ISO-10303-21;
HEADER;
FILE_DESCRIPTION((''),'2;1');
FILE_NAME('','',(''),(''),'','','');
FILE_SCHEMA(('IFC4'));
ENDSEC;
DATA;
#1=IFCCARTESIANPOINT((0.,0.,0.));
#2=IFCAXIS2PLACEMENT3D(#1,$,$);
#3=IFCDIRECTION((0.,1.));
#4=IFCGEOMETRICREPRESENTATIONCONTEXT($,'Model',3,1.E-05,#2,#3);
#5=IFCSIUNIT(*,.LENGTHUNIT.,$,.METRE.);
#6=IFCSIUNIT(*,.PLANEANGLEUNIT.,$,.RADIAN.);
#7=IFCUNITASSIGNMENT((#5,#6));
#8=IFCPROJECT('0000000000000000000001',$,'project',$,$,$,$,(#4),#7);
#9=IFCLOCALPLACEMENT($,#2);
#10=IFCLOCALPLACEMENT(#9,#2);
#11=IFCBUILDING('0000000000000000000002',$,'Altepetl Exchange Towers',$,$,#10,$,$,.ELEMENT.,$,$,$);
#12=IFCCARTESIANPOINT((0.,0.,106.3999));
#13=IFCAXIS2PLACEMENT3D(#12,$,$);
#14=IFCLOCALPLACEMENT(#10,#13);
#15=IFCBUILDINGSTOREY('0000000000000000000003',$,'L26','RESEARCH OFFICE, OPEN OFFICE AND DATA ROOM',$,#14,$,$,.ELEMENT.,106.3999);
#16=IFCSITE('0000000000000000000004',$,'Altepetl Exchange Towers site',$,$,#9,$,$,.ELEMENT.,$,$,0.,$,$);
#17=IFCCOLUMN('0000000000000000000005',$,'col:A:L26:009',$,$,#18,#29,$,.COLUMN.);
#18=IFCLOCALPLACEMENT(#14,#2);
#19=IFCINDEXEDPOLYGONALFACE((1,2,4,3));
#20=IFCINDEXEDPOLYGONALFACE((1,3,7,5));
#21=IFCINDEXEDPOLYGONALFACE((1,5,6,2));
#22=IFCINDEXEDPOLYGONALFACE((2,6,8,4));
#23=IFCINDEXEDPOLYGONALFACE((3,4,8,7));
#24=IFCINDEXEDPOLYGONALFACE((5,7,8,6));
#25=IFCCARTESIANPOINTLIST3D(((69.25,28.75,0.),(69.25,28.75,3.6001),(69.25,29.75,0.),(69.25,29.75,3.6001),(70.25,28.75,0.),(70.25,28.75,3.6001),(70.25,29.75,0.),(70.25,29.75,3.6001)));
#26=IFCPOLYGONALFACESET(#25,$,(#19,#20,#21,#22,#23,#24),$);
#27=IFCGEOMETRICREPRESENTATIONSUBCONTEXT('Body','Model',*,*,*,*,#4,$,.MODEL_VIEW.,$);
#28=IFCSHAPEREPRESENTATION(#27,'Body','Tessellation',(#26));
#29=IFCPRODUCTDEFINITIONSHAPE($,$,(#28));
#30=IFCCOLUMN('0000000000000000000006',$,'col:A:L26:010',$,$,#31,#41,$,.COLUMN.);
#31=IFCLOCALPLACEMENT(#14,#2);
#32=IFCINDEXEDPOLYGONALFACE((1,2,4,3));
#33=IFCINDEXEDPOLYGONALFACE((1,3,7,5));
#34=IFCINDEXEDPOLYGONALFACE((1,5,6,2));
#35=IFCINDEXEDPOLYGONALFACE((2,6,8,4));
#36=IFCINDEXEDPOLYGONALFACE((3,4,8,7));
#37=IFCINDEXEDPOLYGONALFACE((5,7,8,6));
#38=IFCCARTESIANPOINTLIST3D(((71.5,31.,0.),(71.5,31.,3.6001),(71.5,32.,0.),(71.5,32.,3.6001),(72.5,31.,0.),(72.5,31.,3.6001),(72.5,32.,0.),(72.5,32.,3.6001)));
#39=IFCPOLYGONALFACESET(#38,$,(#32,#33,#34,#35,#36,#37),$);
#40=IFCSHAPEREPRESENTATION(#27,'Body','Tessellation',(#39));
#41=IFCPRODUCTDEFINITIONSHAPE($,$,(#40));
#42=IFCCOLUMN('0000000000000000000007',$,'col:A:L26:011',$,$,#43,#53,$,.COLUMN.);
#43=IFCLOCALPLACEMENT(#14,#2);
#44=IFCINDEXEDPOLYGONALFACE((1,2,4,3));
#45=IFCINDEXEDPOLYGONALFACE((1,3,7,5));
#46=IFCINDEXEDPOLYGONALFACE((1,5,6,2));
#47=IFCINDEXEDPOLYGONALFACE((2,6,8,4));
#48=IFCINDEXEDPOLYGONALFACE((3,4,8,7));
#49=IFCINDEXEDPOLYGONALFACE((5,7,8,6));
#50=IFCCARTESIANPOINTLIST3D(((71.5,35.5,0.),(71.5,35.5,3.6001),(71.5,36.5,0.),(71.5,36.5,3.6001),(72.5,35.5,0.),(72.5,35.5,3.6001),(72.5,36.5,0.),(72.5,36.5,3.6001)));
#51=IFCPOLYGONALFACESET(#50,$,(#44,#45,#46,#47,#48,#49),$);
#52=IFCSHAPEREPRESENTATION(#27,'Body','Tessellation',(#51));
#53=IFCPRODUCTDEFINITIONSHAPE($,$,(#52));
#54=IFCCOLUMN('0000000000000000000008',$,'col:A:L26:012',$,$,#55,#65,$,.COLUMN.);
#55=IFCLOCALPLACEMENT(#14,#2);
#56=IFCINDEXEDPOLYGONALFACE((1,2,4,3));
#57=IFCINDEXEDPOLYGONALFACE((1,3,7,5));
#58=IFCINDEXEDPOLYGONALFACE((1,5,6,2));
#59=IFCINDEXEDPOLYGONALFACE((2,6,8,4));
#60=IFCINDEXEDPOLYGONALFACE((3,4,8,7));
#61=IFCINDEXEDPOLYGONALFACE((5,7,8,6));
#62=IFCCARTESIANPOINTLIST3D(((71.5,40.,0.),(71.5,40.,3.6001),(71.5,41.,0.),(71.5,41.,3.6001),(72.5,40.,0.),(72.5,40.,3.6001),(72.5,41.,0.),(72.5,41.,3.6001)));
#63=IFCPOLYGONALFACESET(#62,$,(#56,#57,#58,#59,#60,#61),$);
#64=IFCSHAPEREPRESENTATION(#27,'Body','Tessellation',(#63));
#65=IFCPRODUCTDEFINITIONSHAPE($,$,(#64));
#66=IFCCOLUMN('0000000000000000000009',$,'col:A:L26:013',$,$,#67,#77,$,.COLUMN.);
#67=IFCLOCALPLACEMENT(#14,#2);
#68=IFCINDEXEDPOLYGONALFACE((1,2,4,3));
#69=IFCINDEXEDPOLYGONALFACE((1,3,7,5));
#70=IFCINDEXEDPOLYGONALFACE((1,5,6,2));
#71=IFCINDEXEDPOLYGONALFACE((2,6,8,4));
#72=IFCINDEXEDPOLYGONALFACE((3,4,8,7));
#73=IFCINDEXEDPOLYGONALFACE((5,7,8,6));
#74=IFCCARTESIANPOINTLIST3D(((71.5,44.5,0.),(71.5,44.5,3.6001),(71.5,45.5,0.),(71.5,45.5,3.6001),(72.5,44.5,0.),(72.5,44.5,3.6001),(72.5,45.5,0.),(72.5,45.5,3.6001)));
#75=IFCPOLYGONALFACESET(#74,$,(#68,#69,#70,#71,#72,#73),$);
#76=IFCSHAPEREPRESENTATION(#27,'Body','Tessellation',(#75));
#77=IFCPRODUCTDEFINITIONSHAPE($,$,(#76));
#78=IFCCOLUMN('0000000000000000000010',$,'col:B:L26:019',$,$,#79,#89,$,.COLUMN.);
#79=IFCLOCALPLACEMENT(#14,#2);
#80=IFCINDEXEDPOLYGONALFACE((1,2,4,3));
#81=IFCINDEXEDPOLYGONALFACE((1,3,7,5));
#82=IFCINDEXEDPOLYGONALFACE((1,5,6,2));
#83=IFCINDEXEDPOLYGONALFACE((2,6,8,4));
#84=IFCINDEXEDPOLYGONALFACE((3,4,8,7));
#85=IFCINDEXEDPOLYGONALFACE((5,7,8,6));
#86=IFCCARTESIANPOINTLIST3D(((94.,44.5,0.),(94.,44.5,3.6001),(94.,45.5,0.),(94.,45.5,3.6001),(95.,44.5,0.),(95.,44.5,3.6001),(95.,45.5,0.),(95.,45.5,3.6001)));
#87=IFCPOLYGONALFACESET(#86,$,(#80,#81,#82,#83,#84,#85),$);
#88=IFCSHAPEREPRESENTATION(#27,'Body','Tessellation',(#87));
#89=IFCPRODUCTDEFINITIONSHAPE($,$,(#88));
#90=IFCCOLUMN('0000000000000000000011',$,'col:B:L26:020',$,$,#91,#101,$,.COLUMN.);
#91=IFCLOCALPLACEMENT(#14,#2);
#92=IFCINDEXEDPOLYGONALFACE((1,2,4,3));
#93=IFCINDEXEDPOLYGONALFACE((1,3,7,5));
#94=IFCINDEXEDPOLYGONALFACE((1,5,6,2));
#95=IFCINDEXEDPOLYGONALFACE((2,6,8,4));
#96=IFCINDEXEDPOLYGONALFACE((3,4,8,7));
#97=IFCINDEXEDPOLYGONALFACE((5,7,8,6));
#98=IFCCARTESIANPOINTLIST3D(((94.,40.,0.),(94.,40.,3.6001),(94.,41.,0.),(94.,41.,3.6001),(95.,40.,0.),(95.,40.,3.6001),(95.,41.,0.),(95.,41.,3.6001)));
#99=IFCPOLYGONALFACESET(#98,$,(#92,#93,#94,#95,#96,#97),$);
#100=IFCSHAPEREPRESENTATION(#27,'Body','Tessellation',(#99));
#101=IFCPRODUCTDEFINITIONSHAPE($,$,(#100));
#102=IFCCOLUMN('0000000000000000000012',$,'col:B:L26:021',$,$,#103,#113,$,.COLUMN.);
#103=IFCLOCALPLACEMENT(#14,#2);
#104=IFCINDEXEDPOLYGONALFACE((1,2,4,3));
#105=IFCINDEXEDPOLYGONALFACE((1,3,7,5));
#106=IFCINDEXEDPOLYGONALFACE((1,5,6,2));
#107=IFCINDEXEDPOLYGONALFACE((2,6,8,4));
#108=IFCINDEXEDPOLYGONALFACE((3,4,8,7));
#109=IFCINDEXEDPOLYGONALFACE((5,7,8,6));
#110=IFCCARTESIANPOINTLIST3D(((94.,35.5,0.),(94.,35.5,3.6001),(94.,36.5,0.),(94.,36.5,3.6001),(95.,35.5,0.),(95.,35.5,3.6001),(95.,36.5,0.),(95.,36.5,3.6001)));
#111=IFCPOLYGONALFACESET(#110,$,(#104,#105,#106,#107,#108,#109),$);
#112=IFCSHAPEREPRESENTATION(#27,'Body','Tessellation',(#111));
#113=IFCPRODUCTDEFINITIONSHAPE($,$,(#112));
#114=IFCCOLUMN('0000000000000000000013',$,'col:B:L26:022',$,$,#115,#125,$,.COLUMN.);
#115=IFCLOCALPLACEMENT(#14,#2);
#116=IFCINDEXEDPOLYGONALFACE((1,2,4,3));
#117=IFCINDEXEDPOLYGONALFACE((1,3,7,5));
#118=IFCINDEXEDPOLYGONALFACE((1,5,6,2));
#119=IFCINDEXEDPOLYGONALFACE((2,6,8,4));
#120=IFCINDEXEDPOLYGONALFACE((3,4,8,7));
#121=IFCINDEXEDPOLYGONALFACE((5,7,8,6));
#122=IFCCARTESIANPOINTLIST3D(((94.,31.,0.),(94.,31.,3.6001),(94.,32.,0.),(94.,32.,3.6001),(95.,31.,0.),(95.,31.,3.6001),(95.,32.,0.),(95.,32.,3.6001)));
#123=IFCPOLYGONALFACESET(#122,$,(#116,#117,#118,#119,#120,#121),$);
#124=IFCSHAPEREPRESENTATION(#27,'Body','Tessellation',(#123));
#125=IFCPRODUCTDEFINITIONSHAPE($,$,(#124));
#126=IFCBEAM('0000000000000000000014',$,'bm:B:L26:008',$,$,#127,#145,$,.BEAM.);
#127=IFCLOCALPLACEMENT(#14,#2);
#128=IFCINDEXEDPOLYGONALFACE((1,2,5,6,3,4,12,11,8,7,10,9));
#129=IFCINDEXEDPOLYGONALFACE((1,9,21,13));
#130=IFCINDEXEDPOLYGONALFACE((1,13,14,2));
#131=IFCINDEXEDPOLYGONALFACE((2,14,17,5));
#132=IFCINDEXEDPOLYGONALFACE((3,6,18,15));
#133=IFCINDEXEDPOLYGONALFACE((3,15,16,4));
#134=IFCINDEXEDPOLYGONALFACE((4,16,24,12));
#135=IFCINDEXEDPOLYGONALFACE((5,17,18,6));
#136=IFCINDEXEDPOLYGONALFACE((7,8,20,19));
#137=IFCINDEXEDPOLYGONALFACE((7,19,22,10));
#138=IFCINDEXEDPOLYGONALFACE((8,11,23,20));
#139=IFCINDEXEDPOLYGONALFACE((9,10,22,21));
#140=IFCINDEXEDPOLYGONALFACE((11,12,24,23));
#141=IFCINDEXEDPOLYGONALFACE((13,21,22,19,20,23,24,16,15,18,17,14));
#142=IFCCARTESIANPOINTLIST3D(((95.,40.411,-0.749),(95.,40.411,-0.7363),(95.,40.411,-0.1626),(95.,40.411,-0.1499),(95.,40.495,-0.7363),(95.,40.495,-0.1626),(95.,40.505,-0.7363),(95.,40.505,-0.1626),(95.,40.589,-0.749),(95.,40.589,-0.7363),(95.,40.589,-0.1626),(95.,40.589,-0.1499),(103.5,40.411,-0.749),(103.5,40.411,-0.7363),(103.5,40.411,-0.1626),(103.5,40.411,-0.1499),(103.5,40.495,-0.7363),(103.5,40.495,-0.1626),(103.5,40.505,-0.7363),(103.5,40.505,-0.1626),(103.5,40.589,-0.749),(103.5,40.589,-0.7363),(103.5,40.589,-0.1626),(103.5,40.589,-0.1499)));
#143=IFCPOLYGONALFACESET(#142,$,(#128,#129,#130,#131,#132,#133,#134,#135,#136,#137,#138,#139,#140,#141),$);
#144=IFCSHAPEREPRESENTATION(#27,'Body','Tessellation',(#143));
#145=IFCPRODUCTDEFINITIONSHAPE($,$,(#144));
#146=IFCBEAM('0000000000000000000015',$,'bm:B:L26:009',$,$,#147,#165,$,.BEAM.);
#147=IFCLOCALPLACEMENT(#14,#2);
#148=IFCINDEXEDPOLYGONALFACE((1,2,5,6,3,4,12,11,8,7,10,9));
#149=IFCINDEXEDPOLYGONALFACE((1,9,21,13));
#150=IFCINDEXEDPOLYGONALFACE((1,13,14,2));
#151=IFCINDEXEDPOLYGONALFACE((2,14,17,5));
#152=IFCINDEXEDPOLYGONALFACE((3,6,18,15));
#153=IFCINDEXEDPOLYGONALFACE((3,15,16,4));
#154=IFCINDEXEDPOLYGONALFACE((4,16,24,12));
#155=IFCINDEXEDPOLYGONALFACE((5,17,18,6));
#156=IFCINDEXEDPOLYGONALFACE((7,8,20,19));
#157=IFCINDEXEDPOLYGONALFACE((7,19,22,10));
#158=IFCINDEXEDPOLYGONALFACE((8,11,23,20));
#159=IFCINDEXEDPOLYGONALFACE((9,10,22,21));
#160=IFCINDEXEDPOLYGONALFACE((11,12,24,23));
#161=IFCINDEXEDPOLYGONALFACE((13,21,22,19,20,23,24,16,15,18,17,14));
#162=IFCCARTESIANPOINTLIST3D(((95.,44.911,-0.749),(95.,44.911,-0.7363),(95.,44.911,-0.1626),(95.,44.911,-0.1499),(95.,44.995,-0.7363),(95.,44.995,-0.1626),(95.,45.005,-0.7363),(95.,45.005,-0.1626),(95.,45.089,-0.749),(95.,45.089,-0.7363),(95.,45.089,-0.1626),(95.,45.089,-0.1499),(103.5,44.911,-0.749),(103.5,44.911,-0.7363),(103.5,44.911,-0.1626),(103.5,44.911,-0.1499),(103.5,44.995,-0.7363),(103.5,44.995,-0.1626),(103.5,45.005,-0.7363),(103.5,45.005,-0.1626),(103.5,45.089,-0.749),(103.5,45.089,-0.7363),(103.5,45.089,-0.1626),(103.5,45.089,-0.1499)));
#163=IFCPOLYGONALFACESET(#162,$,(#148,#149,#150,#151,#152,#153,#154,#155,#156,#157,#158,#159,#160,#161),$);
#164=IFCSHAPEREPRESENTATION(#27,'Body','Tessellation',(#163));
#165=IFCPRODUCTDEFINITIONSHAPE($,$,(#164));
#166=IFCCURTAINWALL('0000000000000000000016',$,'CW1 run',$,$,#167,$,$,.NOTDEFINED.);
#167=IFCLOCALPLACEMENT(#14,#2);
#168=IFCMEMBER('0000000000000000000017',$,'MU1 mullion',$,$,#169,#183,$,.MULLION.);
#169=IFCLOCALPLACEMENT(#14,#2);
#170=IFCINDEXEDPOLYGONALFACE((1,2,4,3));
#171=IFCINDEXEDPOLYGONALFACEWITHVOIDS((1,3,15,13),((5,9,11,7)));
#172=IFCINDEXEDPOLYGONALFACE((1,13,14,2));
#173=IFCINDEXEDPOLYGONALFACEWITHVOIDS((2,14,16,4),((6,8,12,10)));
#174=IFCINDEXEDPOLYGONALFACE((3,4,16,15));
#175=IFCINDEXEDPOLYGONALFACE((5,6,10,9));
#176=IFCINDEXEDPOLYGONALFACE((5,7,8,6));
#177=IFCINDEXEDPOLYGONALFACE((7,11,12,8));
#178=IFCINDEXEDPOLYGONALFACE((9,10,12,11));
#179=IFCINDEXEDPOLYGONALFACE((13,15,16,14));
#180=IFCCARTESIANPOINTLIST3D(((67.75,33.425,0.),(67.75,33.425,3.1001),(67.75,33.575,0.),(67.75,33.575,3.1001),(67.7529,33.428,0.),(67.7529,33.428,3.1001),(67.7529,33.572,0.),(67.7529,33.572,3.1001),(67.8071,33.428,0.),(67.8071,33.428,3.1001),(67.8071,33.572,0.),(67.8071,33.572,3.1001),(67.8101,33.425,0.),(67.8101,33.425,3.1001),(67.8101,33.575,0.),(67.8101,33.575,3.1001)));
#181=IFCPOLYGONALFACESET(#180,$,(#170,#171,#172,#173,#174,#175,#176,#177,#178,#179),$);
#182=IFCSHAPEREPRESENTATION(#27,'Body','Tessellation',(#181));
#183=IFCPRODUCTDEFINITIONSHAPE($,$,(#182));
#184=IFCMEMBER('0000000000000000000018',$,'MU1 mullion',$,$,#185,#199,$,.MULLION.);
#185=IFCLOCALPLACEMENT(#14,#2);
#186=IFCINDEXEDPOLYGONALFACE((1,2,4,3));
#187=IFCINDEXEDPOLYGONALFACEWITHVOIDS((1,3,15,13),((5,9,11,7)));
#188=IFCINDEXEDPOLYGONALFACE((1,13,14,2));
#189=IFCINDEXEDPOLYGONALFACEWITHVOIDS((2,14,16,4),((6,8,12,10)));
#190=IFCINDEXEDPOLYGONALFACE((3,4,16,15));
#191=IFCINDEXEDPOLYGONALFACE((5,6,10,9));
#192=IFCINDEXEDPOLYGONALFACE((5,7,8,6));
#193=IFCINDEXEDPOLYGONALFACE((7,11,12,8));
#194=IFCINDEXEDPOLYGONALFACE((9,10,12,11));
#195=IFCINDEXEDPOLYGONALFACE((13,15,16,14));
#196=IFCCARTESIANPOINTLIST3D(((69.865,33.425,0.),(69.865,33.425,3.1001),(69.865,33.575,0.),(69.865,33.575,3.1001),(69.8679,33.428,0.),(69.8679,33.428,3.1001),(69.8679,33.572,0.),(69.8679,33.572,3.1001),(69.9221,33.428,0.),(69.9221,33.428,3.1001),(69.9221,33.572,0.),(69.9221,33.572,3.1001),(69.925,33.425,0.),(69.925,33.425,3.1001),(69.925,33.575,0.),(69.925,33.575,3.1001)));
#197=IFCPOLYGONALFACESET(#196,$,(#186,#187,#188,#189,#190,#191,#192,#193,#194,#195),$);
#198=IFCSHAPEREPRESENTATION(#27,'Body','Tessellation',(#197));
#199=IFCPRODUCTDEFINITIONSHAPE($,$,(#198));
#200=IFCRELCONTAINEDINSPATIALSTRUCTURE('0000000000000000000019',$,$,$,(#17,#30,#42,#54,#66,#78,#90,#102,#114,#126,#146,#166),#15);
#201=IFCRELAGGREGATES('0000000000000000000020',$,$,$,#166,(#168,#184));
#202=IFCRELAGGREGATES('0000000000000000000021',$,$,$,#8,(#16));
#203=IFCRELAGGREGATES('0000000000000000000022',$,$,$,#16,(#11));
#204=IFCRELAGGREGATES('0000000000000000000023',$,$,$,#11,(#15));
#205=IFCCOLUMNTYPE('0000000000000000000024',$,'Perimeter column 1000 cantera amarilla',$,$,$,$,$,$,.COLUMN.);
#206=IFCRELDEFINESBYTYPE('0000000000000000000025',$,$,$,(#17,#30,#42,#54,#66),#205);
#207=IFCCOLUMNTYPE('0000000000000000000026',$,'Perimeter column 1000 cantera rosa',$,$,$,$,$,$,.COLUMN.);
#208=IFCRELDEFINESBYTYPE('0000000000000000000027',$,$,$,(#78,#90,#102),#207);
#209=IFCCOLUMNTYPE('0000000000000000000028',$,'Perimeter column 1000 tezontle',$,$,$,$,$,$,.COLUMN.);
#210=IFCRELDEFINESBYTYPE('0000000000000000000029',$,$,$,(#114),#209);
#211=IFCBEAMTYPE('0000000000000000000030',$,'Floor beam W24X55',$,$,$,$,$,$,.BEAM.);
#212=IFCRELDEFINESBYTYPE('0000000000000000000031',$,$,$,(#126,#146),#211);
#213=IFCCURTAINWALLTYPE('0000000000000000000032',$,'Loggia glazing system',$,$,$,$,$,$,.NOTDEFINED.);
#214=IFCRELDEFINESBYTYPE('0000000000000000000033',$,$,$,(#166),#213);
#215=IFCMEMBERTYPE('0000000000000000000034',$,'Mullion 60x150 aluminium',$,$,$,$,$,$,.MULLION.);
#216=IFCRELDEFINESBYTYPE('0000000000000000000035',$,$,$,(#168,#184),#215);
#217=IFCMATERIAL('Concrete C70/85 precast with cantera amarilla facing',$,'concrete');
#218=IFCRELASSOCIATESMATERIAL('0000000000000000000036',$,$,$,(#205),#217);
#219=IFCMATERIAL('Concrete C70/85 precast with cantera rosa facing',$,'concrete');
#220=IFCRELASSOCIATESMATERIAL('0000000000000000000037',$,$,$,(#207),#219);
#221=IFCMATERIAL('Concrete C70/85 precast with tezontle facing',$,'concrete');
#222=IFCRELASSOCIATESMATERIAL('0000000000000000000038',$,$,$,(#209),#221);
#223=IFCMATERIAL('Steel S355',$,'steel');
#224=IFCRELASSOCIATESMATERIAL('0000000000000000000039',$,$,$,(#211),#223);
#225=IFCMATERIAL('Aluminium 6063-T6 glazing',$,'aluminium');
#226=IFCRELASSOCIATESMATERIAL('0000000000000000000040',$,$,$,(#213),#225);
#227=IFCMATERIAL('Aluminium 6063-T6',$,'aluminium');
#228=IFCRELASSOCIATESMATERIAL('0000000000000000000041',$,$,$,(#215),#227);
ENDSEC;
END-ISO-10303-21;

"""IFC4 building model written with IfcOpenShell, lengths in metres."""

from ifc_helpers import new_model, si_unit, direction, frame, origin, origin_2d, place, context, subcontext, project, spatial, rectangle, hollow_rectangle, i_section, extrude, material, material_profile, profile_set, type_object, element, aggregate, save


model = new_model("IFC4")

# Units and contexts
model_context = context("Model", 3, precision=1e-05, world=origin(), true_north=direction((0.0, 1.0)))
body_context = subcontext(model_context, "Body", "Model", "MODEL_VIEW")
ifc_project = project(units=[si_unit("LENGTHUNIT", "METRE"), si_unit("PLANEANGLEUNIT", "RADIAN")], contexts=[model_context])

# Site, building, storey
site_placement = place(None, origin())
site = spatial("IfcSite", under=ifc_project, at=site_placement, Name="Altepetl Exchange Towers site", CompositionType="ELEMENT", RefElevation=0.0)
building_placement = place(site_placement, origin())
building = spatial("IfcBuilding", under=site, at=building_placement, Name="Altepetl Exchange Towers", CompositionType="ELEMENT")
storey_placement = place(building_placement, frame((0.0, 0.0, 106.3999)))
storey = spatial("IfcBuildingStorey", under=building, at=storey_placement, Name="L26", Description="RESEARCH OFFICE, OPEN OFFICE AND DATA ROOM", CompositionType="ELEMENT", Elevation=106.3999)

# Columns
ifc_material_1 = material(Name="Concrete C70/85 precast with cantera amarilla facing", Category="concrete")
ifc_material_profile_1 = material_profile(ifc_material_1, rectangle(XDim=1.0, YDim=1.0, at=origin_2d()), Name="1000 x 1000")
ifc_profile_set_1 = profile_set([ifc_material_profile_1], Name="Concrete C70/85 precast with cantera amarilla facing")
column_type_1 = type_object("IfcColumnType", Name="Perimeter column 1000 cantera amarilla", PredefinedType="COLUMN", material=ifc_profile_set_1)
for number, where, name in (
    (1, (69.75, 29.25, 0.0), "col:A:L26:009"),
    (2, (72.0, 31.5, 0.0), "col:A:L26:010"),
    (3, (72.0, 36.0, 0.0), "col:A:L26:011"),
    (4, (72.0, 40.5, 0.0), "col:A:L26:012"),
    (5, (72.0, 45.0, 0.0), "col:A:L26:013"),
):
    element("IfcColumn", number, at=place(storey_placement, frame(where)), inside=storey, type_object=column_type_1, Name=name, PredefinedType="COLUMN", context=body_context, shape_type="SweptSolid", body=[
        extrude(rectangle(XDim=1.0, YDim=1.0, at=origin_2d()), origin(), (0.0, 0.0, 1.0), 3.6001),
    ])
ifc_material_2 = material(Name="Concrete C70/85 precast with cantera rosa facing", Category="concrete")
ifc_material_profile_2 = material_profile(ifc_material_2, rectangle(XDim=1.0, YDim=1.0, at=origin_2d()), Name="1000 x 1000")
ifc_profile_set_2 = profile_set([ifc_material_profile_2], Name="Concrete C70/85 precast with cantera rosa facing")
column_type_2 = type_object("IfcColumnType", Name="Perimeter column 1000 cantera rosa", PredefinedType="COLUMN", material=ifc_profile_set_2)
for number, where, name in (
    (6, (94.5, 45.0, 0.0), "col:B:L26:019"),
    (7, (94.5, 40.5, 0.0), "col:B:L26:020"),
    (8, (94.5, 36.0, 0.0), "col:B:L26:021"),
):
    element("IfcColumn", number, at=place(storey_placement, frame(where)), inside=storey, type_object=column_type_2, Name=name, PredefinedType="COLUMN", context=body_context, shape_type="SweptSolid", body=[
        extrude(rectangle(XDim=1.0, YDim=1.0, at=origin_2d()), origin(), (0.0, 0.0, 1.0), 3.6001),
    ])
ifc_material_3 = material(Name="Concrete C70/85 precast with tezontle facing", Category="concrete")
ifc_material_profile_3 = material_profile(ifc_material_3, rectangle(XDim=1.0, YDim=1.0, at=origin_2d()), Name="1000 x 1000")
ifc_profile_set_3 = profile_set([ifc_material_profile_3], Name="Concrete C70/85 precast with tezontle facing")
column_type_3 = type_object("IfcColumnType", Name="Perimeter column 1000 tezontle", PredefinedType="COLUMN", material=ifc_profile_set_3)
column_placement = place(storey_placement, frame((94.5, 31.5, 0.0)))
element("IfcColumn", 9, at=column_placement, inside=storey, type_object=column_type_3, Name="col:B:L26:022", PredefinedType="COLUMN", context=body_context, shape_type="SweptSolid", body=[
    extrude(rectangle(XDim=1.0, YDim=1.0, at=origin_2d()), origin(), (0.0, 0.0, 1.0), 3.6001),
])

# Beams
ifc_material_4 = material(Name="Steel S355", Category="steel")
ifc_material_profile_4 = material_profile(ifc_material_4, i_section(OverallWidth=0.178, OverallDepth=0.5991, WebThickness=0.01, FlangeThickness=0.0127, at=origin_2d()), Name="W24X55")
ifc_profile_set_4 = profile_set([ifc_material_profile_4], Name="Steel S355")
beam_type_1 = type_object("IfcBeamType", Name="Floor beam W24X55", PredefinedType="BEAM", material=ifc_profile_set_4)
for number, where, z_axis, x_axis, name in (
    (10, (95.0, 40.5, -0.4495), (1.0, 0.0, 0.0), (0.0, 1.0, 0.0), "bm:B:L26:008"),
    (11, (95.0, 45.0, -0.4495), (1.0, 0.0, 0.0), (0.0, 1.0, 0.0), "bm:B:L26:009"),
):
    element("IfcBeam", number, at=place(storey_placement, frame(where, z_axis=z_axis, x_axis=x_axis)), inside=storey, type_object=beam_type_1, Name=name, PredefinedType="BEAM", context=body_context, shape_type="SweptSolid", body=[
        extrude(i_section(OverallWidth=0.178, OverallDepth=0.5991, WebThickness=0.01, FlangeThickness=0.0127, at=origin_2d()), origin(), (0.0, 0.0, 1.0), 8.5),
    ])

# Curtain wall, members
ifc_material_5 = material(Name="Aluminium 6063-T6 glazing", Category="aluminium")
curtain_wall_type = type_object("IfcCurtainWallType", Name="Loggia glazing system", PredefinedType="NOTDEFINED", material=ifc_material_5)
curtain_wall_1_placement = place(storey_placement, origin())
curtain_wall_1 = element("IfcCurtainWall", 12, at=curtain_wall_1_placement, inside=storey, type_object=curtain_wall_type, Name="CW1 run", PredefinedType="NOTDEFINED")
ifc_material_6 = material(Name="Aluminium 6063-T6", Category="aluminium")
ifc_material_profile_5 = material_profile(ifc_material_6, hollow_rectangle(XDim=0.0601, YDim=0.1499, WallThickness=0.0029, at=origin_2d()), Name="Mullion 60x150 aluminium")
ifc_profile_set_5 = profile_set([ifc_material_profile_5], Name="Aluminium 6063-T6")
member_type = type_object("IfcMemberType", Name="Mullion 60x150 aluminium", PredefinedType="MULLION", material=ifc_profile_set_5)
member_1_placement = place(storey_placement, frame((67.78, 33.5, 0.0)))
member_1 = element("IfcMember", 13, at=member_1_placement, type_object=member_type, Name="MU1 mullion", PredefinedType="MULLION", context=body_context, shape_type="SweptSolid", body=[
    extrude(hollow_rectangle(XDim=0.0601, YDim=0.1499, WallThickness=0.0029, at=origin_2d()), origin(), (0.0, 0.0, 1.0), 3.1001),
])
member_2_placement = place(storey_placement, frame((69.895, 33.5, 0.0)))
member_2 = element("IfcMember", 14, at=member_2_placement, type_object=member_type, Name="MU1 mullion", PredefinedType="MULLION", context=body_context, shape_type="SweptSolid", body=[
    extrude(hollow_rectangle(XDim=0.0601, YDim=0.1499, WallThickness=0.0029, at=origin_2d()), origin(), (0.0, 0.0, 1.0), 3.1001),
])

aggregate(curtain_wall_1, [member_1, member_2])

save(model, "model.ifc")
